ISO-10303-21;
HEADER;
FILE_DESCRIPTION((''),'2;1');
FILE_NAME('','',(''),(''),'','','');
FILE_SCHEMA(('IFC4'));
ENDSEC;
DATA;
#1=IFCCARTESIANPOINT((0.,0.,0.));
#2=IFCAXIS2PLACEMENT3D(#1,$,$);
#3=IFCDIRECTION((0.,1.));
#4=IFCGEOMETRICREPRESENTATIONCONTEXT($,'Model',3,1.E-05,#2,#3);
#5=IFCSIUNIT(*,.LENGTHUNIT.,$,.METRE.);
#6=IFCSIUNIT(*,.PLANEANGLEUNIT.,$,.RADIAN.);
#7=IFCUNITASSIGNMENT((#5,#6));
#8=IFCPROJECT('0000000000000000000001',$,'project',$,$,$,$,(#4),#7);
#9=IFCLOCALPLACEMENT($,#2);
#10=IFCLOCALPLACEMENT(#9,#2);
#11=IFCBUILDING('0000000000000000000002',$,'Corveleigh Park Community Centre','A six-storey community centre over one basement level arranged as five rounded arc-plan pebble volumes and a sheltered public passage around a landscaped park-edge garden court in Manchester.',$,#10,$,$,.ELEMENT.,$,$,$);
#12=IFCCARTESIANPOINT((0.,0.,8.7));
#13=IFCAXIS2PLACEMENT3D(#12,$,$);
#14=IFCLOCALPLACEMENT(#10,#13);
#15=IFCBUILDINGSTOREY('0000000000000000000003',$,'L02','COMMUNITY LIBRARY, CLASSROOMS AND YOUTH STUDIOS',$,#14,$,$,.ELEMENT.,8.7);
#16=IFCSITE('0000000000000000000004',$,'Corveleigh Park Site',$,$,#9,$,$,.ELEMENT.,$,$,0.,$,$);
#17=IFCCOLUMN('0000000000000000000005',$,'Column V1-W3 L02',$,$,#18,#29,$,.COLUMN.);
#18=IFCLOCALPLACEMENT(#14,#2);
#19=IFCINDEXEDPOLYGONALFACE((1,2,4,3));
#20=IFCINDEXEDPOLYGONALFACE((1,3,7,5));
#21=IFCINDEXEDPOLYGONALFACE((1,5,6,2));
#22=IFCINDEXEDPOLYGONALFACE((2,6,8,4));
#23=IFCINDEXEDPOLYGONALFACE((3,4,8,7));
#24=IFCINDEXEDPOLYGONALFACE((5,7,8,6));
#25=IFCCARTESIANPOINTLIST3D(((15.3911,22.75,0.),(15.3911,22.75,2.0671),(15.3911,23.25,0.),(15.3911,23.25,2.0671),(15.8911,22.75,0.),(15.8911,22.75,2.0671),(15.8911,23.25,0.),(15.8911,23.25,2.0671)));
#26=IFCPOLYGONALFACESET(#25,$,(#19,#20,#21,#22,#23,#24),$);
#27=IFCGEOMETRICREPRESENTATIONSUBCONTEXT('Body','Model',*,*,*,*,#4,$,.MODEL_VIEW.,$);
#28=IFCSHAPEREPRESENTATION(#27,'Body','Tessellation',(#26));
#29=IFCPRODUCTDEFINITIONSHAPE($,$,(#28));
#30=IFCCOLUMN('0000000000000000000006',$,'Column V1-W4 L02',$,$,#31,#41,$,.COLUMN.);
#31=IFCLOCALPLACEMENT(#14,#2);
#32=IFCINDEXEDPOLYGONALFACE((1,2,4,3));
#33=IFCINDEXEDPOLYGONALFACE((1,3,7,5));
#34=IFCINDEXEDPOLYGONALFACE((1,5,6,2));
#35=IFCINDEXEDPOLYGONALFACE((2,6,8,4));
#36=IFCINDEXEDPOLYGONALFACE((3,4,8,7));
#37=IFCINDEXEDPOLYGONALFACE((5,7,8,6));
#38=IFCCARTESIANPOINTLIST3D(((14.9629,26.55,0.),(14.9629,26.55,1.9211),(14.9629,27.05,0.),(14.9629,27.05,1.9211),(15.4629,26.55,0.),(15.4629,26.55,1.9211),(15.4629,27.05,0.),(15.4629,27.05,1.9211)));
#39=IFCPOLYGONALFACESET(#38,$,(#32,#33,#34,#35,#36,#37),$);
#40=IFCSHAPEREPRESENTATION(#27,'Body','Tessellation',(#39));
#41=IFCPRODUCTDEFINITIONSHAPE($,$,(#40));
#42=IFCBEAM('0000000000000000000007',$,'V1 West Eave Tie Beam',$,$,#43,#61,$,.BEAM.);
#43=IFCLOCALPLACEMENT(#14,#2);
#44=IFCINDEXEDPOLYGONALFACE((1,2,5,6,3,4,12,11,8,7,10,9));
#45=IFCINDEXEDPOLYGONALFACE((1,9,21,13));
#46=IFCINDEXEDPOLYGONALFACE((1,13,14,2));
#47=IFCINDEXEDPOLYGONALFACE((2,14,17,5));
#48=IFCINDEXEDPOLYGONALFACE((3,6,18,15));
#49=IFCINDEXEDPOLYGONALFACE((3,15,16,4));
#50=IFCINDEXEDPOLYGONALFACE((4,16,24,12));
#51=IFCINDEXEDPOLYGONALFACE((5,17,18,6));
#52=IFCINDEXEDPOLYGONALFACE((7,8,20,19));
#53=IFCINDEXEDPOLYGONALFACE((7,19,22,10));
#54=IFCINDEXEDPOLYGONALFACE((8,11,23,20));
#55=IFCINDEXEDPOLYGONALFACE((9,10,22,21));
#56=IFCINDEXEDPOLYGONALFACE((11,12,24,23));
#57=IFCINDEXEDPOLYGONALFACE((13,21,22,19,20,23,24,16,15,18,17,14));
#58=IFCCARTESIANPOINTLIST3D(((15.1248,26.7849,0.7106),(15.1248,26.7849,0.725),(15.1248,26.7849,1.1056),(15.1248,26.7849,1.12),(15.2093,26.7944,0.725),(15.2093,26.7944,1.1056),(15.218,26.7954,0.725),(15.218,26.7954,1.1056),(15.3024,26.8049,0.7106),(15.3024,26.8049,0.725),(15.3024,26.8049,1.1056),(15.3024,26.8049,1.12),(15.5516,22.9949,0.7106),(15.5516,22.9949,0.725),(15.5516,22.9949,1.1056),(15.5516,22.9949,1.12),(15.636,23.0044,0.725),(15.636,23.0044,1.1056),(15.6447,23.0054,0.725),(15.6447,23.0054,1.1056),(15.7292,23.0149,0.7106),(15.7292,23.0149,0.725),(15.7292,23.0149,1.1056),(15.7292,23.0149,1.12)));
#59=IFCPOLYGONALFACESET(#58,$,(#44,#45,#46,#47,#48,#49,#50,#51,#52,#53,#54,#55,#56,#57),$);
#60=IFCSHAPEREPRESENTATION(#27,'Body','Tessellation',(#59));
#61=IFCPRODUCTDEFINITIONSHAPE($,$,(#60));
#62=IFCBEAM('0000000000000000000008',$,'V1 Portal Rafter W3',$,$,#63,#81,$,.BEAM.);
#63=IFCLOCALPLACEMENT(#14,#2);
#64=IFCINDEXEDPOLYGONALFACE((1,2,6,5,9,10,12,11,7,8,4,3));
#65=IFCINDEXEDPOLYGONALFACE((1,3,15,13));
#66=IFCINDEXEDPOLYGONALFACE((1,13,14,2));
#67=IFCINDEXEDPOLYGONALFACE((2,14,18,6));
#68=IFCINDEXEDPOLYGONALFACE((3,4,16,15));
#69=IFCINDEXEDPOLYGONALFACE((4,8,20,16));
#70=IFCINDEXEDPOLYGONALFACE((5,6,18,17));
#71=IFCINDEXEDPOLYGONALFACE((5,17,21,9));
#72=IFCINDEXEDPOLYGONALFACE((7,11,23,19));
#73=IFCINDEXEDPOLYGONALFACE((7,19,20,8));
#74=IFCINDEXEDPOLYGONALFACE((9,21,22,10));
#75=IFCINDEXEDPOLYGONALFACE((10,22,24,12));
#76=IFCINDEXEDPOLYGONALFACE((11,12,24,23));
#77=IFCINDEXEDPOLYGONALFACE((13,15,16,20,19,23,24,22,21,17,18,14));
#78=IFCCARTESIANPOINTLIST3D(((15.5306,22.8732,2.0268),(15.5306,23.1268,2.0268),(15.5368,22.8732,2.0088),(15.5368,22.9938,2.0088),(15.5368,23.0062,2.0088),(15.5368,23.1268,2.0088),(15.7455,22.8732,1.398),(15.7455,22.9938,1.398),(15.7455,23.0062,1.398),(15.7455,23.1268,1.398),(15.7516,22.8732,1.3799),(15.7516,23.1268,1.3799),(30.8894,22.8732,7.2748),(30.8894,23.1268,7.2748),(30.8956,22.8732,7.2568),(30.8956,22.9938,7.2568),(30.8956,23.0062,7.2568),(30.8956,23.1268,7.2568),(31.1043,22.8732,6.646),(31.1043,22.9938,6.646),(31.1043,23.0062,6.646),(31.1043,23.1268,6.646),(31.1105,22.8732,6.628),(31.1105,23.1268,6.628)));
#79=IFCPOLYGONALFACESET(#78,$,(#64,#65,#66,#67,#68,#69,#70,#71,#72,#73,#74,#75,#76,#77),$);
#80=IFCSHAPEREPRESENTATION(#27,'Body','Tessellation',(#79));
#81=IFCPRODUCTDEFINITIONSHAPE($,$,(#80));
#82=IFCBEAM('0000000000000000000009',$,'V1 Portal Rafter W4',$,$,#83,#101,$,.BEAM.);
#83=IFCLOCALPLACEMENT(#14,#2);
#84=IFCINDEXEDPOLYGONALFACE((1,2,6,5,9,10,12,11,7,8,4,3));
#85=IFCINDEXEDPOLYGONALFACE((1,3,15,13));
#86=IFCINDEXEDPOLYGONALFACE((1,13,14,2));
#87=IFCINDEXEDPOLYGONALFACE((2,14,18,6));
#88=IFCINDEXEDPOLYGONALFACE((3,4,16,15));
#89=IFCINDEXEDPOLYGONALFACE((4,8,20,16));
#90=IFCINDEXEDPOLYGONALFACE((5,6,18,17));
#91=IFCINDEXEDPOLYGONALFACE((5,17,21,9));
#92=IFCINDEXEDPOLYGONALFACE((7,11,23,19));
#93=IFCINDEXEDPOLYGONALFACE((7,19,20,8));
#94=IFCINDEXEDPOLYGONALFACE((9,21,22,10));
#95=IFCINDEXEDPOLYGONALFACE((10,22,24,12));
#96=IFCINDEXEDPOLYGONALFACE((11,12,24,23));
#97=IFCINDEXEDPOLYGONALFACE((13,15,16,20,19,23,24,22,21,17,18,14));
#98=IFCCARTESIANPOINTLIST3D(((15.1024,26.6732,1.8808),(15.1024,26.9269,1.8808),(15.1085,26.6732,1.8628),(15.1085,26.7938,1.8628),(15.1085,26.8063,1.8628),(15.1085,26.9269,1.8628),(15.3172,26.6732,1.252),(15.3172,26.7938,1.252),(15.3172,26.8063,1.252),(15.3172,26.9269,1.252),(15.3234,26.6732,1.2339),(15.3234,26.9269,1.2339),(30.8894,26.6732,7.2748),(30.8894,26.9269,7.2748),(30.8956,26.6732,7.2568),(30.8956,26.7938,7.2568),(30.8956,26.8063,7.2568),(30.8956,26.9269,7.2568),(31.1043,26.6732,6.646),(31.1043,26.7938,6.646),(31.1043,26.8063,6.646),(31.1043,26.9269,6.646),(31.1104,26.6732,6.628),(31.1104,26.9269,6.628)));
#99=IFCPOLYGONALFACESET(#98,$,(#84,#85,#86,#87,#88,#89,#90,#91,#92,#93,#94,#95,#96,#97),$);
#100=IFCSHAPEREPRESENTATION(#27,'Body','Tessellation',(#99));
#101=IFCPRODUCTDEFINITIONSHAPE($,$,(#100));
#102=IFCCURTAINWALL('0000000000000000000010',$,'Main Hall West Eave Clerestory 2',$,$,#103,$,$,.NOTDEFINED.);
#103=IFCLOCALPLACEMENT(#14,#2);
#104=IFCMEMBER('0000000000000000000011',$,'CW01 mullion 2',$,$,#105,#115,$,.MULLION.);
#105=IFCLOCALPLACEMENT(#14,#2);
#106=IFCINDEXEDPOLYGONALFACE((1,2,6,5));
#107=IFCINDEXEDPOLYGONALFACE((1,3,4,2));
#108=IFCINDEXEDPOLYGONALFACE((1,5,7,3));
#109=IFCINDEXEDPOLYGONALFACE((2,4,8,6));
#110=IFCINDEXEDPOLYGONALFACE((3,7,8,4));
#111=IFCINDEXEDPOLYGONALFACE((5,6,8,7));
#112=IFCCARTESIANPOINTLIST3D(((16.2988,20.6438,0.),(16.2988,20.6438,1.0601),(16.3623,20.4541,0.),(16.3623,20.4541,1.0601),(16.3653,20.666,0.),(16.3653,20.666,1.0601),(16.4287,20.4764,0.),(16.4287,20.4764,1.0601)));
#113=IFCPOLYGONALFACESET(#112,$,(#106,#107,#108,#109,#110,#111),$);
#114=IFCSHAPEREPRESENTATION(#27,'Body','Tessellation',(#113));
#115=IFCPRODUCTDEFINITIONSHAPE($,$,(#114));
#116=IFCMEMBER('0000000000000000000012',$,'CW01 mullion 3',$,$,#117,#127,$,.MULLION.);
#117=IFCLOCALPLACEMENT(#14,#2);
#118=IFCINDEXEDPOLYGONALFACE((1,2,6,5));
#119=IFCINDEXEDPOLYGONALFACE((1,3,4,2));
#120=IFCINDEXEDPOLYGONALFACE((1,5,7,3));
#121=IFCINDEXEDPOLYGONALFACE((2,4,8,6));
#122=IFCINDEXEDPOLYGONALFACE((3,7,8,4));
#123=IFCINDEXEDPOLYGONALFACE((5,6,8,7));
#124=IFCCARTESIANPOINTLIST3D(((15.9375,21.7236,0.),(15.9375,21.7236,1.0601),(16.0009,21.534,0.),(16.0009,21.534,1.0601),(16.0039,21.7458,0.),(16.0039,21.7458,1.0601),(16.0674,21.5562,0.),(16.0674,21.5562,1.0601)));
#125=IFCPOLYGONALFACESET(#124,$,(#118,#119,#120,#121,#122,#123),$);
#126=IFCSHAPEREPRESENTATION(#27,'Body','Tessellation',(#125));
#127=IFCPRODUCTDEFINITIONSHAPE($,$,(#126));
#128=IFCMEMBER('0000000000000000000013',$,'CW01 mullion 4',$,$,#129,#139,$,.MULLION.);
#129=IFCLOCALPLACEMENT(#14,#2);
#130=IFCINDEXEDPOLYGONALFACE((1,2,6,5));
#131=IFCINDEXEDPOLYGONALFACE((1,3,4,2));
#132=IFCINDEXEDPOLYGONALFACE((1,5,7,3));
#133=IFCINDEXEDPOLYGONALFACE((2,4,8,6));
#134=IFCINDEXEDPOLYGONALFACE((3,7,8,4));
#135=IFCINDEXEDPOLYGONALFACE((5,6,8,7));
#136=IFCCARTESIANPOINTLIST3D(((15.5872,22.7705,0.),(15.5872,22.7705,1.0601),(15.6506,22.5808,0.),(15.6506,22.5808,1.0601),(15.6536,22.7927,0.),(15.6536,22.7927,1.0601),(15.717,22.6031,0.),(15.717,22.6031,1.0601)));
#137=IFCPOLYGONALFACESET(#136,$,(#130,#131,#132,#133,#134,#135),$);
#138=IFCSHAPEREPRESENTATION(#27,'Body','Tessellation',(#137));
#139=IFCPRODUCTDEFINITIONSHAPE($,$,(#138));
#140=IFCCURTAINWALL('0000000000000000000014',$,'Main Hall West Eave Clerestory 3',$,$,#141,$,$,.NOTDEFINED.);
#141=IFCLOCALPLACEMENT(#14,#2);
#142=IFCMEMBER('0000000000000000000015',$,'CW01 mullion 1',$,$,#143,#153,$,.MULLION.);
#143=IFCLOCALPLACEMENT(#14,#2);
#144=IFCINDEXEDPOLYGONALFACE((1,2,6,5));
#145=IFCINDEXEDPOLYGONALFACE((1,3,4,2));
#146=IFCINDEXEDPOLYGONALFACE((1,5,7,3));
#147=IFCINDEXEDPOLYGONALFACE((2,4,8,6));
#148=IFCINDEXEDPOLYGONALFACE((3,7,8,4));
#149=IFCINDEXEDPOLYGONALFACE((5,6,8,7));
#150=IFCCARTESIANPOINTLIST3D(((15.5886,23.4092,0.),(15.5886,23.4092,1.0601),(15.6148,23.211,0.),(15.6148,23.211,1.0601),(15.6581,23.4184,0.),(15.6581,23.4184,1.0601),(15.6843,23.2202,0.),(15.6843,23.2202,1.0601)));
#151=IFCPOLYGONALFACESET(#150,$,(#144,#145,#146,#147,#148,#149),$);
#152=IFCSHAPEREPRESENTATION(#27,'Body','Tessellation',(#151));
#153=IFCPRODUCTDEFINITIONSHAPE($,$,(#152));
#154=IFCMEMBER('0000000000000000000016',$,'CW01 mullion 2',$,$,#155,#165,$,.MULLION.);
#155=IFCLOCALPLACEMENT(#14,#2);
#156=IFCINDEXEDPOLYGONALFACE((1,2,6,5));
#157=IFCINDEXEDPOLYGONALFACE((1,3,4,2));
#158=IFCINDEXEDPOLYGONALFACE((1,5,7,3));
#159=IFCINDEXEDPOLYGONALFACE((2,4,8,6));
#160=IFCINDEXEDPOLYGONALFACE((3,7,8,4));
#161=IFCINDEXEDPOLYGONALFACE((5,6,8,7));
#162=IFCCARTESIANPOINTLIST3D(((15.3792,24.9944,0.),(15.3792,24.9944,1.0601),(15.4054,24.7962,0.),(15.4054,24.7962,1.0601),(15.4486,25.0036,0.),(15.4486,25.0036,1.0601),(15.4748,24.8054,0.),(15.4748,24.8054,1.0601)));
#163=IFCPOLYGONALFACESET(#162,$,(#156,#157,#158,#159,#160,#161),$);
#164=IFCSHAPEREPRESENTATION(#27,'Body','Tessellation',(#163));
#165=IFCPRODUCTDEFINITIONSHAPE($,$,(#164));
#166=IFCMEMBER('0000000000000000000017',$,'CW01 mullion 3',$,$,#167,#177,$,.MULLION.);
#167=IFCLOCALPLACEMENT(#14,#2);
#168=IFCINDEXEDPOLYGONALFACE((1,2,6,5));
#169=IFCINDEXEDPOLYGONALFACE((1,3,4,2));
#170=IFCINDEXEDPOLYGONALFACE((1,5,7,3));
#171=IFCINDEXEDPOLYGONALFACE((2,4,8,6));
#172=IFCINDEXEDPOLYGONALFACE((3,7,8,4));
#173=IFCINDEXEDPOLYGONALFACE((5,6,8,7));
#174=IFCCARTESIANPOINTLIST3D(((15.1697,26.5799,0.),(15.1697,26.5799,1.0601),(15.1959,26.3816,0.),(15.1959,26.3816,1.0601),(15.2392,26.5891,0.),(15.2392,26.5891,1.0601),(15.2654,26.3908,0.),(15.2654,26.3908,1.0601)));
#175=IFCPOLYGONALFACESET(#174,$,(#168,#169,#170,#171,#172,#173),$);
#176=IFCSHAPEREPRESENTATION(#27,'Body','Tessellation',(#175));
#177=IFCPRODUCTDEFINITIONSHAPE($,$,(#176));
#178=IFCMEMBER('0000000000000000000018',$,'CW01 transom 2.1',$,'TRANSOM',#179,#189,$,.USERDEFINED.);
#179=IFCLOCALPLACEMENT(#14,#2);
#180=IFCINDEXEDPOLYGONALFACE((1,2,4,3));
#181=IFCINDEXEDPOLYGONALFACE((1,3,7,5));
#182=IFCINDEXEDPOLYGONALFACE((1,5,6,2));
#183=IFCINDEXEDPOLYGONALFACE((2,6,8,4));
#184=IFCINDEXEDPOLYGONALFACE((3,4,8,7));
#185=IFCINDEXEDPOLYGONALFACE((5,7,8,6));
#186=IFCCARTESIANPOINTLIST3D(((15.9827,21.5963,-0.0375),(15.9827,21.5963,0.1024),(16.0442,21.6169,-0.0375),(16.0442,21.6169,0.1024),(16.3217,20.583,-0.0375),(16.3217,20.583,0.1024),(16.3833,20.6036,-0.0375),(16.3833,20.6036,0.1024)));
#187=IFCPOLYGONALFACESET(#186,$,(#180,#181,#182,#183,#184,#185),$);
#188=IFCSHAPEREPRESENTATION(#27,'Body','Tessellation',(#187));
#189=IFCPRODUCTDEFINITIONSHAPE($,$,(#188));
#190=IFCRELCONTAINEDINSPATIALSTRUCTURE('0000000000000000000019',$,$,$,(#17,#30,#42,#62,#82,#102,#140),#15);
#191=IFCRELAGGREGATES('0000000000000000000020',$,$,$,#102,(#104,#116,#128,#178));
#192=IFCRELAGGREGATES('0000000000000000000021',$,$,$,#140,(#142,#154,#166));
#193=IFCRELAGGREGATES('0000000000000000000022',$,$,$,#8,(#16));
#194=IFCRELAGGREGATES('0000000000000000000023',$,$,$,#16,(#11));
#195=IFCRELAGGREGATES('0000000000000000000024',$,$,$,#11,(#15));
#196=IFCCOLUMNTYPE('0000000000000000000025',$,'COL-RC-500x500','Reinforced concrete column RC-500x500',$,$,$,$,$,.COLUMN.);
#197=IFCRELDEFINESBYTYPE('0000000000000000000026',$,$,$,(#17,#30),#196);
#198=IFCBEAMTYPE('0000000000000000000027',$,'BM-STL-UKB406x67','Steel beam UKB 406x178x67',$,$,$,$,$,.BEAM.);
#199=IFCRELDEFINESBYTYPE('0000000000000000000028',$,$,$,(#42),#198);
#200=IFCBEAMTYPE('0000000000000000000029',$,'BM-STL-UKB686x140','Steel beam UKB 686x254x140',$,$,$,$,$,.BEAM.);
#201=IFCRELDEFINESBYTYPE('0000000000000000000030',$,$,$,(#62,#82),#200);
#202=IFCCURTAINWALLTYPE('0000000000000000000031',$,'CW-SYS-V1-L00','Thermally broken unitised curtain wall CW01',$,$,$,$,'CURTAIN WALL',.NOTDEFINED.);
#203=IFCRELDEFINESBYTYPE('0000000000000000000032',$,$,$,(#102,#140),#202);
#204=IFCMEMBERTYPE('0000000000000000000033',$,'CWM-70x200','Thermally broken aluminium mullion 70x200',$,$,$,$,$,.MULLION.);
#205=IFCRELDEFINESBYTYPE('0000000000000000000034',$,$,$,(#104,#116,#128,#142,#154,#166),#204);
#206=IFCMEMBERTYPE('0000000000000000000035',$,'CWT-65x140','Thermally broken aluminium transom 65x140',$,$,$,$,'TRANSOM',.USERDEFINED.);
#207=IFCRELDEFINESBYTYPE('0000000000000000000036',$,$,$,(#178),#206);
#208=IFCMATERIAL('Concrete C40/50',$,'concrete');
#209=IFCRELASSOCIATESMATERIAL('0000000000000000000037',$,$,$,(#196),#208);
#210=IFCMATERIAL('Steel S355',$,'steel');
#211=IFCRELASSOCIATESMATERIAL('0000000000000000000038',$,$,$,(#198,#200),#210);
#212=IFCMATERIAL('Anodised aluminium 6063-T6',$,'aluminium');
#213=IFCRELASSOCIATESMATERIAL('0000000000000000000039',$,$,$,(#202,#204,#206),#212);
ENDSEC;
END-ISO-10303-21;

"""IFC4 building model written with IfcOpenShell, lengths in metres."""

from ifc_helpers import new_model, si_unit, direction, frame, origin, origin_2d, place, context, subcontext, project, spatial, rectangle, i_section, extrude, material, material_profile, profile_set, type_object, element, aggregate, save


model = new_model("IFC4")

# Units and contexts
model_context = context("Model", 3, precision=1e-05, world=origin(), true_north=direction((0.0, 1.0)))
body_context = subcontext(model_context, "Body", "Model", "MODEL_VIEW")
ifc_project = project(units=[si_unit("LENGTHUNIT", "METRE"), si_unit("PLANEANGLEUNIT", "RADIAN")], contexts=[model_context])

# Site, building, storey
site_placement = place(None, origin())
site = spatial("IfcSite", under=ifc_project, at=site_placement, Name="Corveleigh Park Site", CompositionType="ELEMENT", RefElevation=0.0)
building_placement = place(site_placement, origin())
building = spatial("IfcBuilding", under=site, at=building_placement, Name="Corveleigh Park Community Centre", Description="A six-storey community centre over one basement level arranged as five rounded arc-plan pebble volumes and a sheltered public passage around a landscaped park-edge garden court in Manchester.", CompositionType="ELEMENT")
storey_placement = place(building_placement, frame((0.0, 0.0, 8.7)))
storey = spatial("IfcBuildingStorey", under=building, at=storey_placement, Name="L02", Description="COMMUNITY LIBRARY, CLASSROOMS AND YOUTH STUDIOS", CompositionType="ELEMENT", Elevation=8.7)

# Columns
ifc_material_1 = material(Name="Concrete C40/50", Category="concrete")
ifc_material_profile_1 = material_profile(ifc_material_1, rectangle(XDim=0.5, YDim=0.5, at=origin_2d()), Name="RC-500x500", Category="concrete")
ifc_profile_set_1 = profile_set([ifc_material_profile_1], Name="Concrete C40/50")
column_type = type_object("IfcColumnType", Name="COL-RC-500x500", Description="Reinforced concrete column RC-500x500", PredefinedType="COLUMN", material=ifc_profile_set_1)
column_1_placement = place(storey_placement, frame((15.6411, 23.0, 0.0), z_axis=(0.0, 0.0, 1.0), x_axis=(1.0, 0.0, 0.0)))
element("IfcColumn", 1, at=column_1_placement, inside=storey, type_object=column_type, Name="Column V1-W3 L02", PredefinedType="COLUMN", context=body_context, shape_type="SweptSolid", body=[
    extrude(rectangle(XDim=0.5, YDim=0.5, at=origin_2d()), origin(), (0.0, 0.0, 1.0), 2.0671),
])
column_2_placement = place(storey_placement, frame((15.2129, 26.8, 0.0), z_axis=(0.0, 0.0, 1.0), x_axis=(1.0, 0.0, 0.0)))
element("IfcColumn", 2, at=column_2_placement, inside=storey, type_object=column_type, Name="Column V1-W4 L02", PredefinedType="COLUMN", context=body_context, shape_type="SweptSolid", body=[
    extrude(rectangle(XDim=0.5, YDim=0.5, at=origin_2d()), origin(), (0.0, 0.0, 1.0), 1.9211),
])

# Beams
ifc_material_2 = material(Name="Steel S355", Category="steel")
ifc_material_profile_2 = material_profile(ifc_material_2, i_section(OverallWidth=0.1787, OverallDepth=0.4094, WebThickness=0.0088, FlangeThickness=0.0144, at=origin_2d()), Name="UKB 406x178x67", Category="steel")
ifc_profile_set_2 = profile_set([ifc_material_profile_2], Name="Steel S355")
beam_type_1 = type_object("IfcBeamType", Name="BM-STL-UKB406x67", Description="Steel beam UKB 406x178x67", PredefinedType="BEAM", material=ifc_profile_set_2)
beam_1_placement = place(storey_placement, frame((15.6404, 23.0049, 0.9153), z_axis=(-0.111893, 0.99372, 0.0), x_axis=(-0.99372, -0.111893, 0.0)))
element("IfcBeam", 3, at=beam_1_placement, inside=storey, type_object=beam_type_1, Name="V1 West Eave Tie Beam", PredefinedType="BEAM", context=body_context, shape_type="SweptSolid", body=[
    extrude(i_section(OverallWidth=0.1787, OverallDepth=0.4094, WebThickness=0.0088, FlangeThickness=0.0144, at=origin_2d()), origin(), (0.0, 0.0, 1.0), 3.814),
])
ifc_material_profile_3 = material_profile(ifc_material_2, i_section(OverallWidth=0.2537, OverallDepth=0.6836, WebThickness=0.0125, FlangeThickness=0.019, at=origin_2d()), Name="UKB 686x254x140", Category="steel")
ifc_profile_set_3 = profile_set([ifc_material_profile_3], Name="Steel S355")
beam_type_2 = type_object("IfcBeamType", Name="BM-STL-UKB686x140", Description="Steel beam UKB 686x254x140", PredefinedType="BEAM", material=ifc_profile_set_3)
beam_2_placement = place(storey_placement, frame((15.6411, 23.0, 1.7034), z_axis=(0.946283, 0.0, 0.32334), x_axis=(0.0, 1.0, 0.0)))
element("IfcBeam", 4, at=beam_2_placement, inside=storey, type_object=beam_type_2, Name="V1 Portal Rafter W3", PredefinedType="BEAM", context=body_context, shape_type="SweptSolid", body=[
    extrude(i_section(OverallWidth=0.2537, OverallDepth=0.6836, WebThickness=0.0125, FlangeThickness=0.019, at=origin_2d()), origin(), (0.0, 0.0, 1.0), 16.2307),
])
beam_3_placement = place(storey_placement, frame((15.2129, 26.8, 1.5574), z_axis=(0.946289, 0.0, 0.323322), x_axis=(0.0, 1.0, 0.0)))
element("IfcBeam", 5, at=beam_3_placement, inside=storey, type_object=beam_type_2, Name="V1 Portal Rafter W4", PredefinedType="BEAM", context=body_context, shape_type="SweptSolid", body=[
    extrude(i_section(OverallWidth=0.2537, OverallDepth=0.6836, WebThickness=0.0125, FlangeThickness=0.019, at=origin_2d()), origin(), (0.0, 0.0, 1.0), 16.6831),
])

# Curtain walls, members
ifc_material_3 = material(Name="Anodised aluminium 6063-T6", Category="aluminium")
curtain_wall_type = type_object("IfcCurtainWallType", Name="CW-SYS-V1-L00", Description="Thermally broken unitised curtain wall CW01", ElementType="CURTAIN WALL", PredefinedType="NOTDEFINED", material=ifc_material_3)
curtain_wall_1_placement = place(storey_placement, origin())
curtain_wall_1 = element("IfcCurtainWall", 6, at=curtain_wall_1_placement, inside=storey, type_object=curtain_wall_type, Name="Main Hall West Eave Clerestory 2", PredefinedType="NOTDEFINED")
ifc_material_profile_4 = material_profile(ifc_material_3, rectangle(XDim=0.0701, YDim=0.2, at=origin_2d()), Name="ALU-M70x200", Category="aluminium")
ifc_profile_set_4 = profile_set([ifc_material_profile_4], Name="Anodised aluminium 6063-T6")
member_type_1 = type_object("IfcMemberType", Name="CWM-70x200", Description="Thermally broken aluminium mullion 70x200", PredefinedType="MULLION", material=ifc_profile_set_4)
member_1_placement = place(storey_placement, frame((16.3638, 20.5601, 0.0), z_axis=(0.0, 0.0, 1.0), x_axis=(-0.948331, -0.317281, 0.0)))
member_1 = element("IfcMember", 7, at=member_1_placement, type_object=member_type_1, Name="CW01 mullion 2", PredefinedType="MULLION", context=body_context, shape_type="SweptSolid", body=[
    extrude(rectangle(XDim=0.0701, YDim=0.2, at=origin_2d()), origin(), (0.0, 0.0, 1.0), 1.0601),
])
member_2_placement = place(storey_placement, frame((16.0024, 21.6399, 0.0), z_axis=(0.0, 0.0, 1.0), x_axis=(-0.948331, -0.317281, 0.0)))
member_2 = element("IfcMember", 8, at=member_2_placement, type_object=member_type_1, Name="CW01 mullion 3", PredefinedType="MULLION", context=body_context, shape_type="SweptSolid", body=[
    extrude(rectangle(XDim=0.0701, YDim=0.2, at=origin_2d()), origin(), (0.0, 0.0, 1.0), 1.0601),
])
member_3_placement = place(storey_placement, frame((15.6521, 22.6868, 0.0), z_axis=(0.0, 0.0, 1.0), x_axis=(-0.948331, -0.317281, 0.0)))
member_3 = element("IfcMember", 9, at=member_3_placement, type_object=member_type_1, Name="CW01 mullion 4", PredefinedType="MULLION", context=body_context, shape_type="SweptSolid", body=[
    extrude(rectangle(XDim=0.0701, YDim=0.2, at=origin_2d()), origin(), (0.0, 0.0, 1.0), 1.0601),
])
curtain_wall_2_placement = place(storey_placement, origin())
curtain_wall_2 = element("IfcCurtainWall", 10, at=curtain_wall_2_placement, inside=storey, type_object=curtain_wall_type, Name="Main Hall West Eave Clerestory 3", PredefinedType="NOTDEFINED")
member_4_placement = place(storey_placement, frame((15.6365, 23.3147, 0.0), z_axis=(0.0, 0.0, 1.0), x_axis=(-0.991388, -0.130961, 0.0)))
member_4 = element("IfcMember", 11, at=member_4_placement, type_object=member_type_1, Name="CW01 mullion 1", PredefinedType="MULLION", context=body_context, shape_type="SweptSolid", body=[
    extrude(rectangle(XDim=0.0701, YDim=0.2, at=origin_2d()), origin(), (0.0, 0.0, 1.0), 1.0601),
])
member_5_placement = place(storey_placement, frame((15.427, 24.8999, 0.0), z_axis=(0.0, 0.0, 1.0), x_axis=(-0.991388, -0.130961, 0.0)))
member_5 = element("IfcMember", 12, at=member_5_placement, type_object=member_type_1, Name="CW01 mullion 2", PredefinedType="MULLION", context=body_context, shape_type="SweptSolid", body=[
    extrude(rectangle(XDim=0.0701, YDim=0.2, at=origin_2d()), origin(), (0.0, 0.0, 1.0), 1.0601),
])
member_6_placement = place(storey_placement, frame((15.2175, 26.4854, 0.0), z_axis=(0.0, 0.0, 1.0), x_axis=(-0.991388, -0.130961, 0.0)))
member_6 = element("IfcMember", 13, at=member_6_placement, type_object=member_type_1, Name="CW01 mullion 3", PredefinedType="MULLION", context=body_context, shape_type="SweptSolid", body=[
    extrude(rectangle(XDim=0.0701, YDim=0.2, at=origin_2d()), origin(), (0.0, 0.0, 1.0), 1.0601),
])

# Member
ifc_material_profile_5 = material_profile(ifc_material_3, rectangle(XDim=0.0649, YDim=0.1399, at=origin_2d()), Name="ALU-T65x140", Category="aluminium")
ifc_profile_set_5 = profile_set([ifc_material_profile_5], Name="Anodised aluminium 6063-T6")
member_type_2 = type_object("IfcMemberType", Name="CWT-65x140", Description="Thermally broken aluminium transom 65x140", ElementType="TRANSOM", PredefinedType="USERDEFINED", material=ifc_profile_set_5)
member_7_placement = place(storey_placement, frame((16.3525, 20.5933, 0.0325), z_axis=(-0.317324, 0.948317, 0.0), x_axis=(-0.948317, -0.317324, 0.0)))
member_7 = element("IfcMember", 14, at=member_7_placement, type_object=member_type_2, Name="CW01 transom 2.1", ObjectType="TRANSOM", PredefinedType="USERDEFINED", context=body_context, shape_type="SweptSolid", body=[
    extrude(rectangle(XDim=0.0649, YDim=0.1399, at=origin_2d()), origin(), (0.0, 0.0, 1.0), 1.0686),
])

aggregate(curtain_wall_1, [member_1, member_2, member_3, member_7])
aggregate(curtain_wall_2, [member_4, member_5, member_6])

save(model, "model.ifc")
